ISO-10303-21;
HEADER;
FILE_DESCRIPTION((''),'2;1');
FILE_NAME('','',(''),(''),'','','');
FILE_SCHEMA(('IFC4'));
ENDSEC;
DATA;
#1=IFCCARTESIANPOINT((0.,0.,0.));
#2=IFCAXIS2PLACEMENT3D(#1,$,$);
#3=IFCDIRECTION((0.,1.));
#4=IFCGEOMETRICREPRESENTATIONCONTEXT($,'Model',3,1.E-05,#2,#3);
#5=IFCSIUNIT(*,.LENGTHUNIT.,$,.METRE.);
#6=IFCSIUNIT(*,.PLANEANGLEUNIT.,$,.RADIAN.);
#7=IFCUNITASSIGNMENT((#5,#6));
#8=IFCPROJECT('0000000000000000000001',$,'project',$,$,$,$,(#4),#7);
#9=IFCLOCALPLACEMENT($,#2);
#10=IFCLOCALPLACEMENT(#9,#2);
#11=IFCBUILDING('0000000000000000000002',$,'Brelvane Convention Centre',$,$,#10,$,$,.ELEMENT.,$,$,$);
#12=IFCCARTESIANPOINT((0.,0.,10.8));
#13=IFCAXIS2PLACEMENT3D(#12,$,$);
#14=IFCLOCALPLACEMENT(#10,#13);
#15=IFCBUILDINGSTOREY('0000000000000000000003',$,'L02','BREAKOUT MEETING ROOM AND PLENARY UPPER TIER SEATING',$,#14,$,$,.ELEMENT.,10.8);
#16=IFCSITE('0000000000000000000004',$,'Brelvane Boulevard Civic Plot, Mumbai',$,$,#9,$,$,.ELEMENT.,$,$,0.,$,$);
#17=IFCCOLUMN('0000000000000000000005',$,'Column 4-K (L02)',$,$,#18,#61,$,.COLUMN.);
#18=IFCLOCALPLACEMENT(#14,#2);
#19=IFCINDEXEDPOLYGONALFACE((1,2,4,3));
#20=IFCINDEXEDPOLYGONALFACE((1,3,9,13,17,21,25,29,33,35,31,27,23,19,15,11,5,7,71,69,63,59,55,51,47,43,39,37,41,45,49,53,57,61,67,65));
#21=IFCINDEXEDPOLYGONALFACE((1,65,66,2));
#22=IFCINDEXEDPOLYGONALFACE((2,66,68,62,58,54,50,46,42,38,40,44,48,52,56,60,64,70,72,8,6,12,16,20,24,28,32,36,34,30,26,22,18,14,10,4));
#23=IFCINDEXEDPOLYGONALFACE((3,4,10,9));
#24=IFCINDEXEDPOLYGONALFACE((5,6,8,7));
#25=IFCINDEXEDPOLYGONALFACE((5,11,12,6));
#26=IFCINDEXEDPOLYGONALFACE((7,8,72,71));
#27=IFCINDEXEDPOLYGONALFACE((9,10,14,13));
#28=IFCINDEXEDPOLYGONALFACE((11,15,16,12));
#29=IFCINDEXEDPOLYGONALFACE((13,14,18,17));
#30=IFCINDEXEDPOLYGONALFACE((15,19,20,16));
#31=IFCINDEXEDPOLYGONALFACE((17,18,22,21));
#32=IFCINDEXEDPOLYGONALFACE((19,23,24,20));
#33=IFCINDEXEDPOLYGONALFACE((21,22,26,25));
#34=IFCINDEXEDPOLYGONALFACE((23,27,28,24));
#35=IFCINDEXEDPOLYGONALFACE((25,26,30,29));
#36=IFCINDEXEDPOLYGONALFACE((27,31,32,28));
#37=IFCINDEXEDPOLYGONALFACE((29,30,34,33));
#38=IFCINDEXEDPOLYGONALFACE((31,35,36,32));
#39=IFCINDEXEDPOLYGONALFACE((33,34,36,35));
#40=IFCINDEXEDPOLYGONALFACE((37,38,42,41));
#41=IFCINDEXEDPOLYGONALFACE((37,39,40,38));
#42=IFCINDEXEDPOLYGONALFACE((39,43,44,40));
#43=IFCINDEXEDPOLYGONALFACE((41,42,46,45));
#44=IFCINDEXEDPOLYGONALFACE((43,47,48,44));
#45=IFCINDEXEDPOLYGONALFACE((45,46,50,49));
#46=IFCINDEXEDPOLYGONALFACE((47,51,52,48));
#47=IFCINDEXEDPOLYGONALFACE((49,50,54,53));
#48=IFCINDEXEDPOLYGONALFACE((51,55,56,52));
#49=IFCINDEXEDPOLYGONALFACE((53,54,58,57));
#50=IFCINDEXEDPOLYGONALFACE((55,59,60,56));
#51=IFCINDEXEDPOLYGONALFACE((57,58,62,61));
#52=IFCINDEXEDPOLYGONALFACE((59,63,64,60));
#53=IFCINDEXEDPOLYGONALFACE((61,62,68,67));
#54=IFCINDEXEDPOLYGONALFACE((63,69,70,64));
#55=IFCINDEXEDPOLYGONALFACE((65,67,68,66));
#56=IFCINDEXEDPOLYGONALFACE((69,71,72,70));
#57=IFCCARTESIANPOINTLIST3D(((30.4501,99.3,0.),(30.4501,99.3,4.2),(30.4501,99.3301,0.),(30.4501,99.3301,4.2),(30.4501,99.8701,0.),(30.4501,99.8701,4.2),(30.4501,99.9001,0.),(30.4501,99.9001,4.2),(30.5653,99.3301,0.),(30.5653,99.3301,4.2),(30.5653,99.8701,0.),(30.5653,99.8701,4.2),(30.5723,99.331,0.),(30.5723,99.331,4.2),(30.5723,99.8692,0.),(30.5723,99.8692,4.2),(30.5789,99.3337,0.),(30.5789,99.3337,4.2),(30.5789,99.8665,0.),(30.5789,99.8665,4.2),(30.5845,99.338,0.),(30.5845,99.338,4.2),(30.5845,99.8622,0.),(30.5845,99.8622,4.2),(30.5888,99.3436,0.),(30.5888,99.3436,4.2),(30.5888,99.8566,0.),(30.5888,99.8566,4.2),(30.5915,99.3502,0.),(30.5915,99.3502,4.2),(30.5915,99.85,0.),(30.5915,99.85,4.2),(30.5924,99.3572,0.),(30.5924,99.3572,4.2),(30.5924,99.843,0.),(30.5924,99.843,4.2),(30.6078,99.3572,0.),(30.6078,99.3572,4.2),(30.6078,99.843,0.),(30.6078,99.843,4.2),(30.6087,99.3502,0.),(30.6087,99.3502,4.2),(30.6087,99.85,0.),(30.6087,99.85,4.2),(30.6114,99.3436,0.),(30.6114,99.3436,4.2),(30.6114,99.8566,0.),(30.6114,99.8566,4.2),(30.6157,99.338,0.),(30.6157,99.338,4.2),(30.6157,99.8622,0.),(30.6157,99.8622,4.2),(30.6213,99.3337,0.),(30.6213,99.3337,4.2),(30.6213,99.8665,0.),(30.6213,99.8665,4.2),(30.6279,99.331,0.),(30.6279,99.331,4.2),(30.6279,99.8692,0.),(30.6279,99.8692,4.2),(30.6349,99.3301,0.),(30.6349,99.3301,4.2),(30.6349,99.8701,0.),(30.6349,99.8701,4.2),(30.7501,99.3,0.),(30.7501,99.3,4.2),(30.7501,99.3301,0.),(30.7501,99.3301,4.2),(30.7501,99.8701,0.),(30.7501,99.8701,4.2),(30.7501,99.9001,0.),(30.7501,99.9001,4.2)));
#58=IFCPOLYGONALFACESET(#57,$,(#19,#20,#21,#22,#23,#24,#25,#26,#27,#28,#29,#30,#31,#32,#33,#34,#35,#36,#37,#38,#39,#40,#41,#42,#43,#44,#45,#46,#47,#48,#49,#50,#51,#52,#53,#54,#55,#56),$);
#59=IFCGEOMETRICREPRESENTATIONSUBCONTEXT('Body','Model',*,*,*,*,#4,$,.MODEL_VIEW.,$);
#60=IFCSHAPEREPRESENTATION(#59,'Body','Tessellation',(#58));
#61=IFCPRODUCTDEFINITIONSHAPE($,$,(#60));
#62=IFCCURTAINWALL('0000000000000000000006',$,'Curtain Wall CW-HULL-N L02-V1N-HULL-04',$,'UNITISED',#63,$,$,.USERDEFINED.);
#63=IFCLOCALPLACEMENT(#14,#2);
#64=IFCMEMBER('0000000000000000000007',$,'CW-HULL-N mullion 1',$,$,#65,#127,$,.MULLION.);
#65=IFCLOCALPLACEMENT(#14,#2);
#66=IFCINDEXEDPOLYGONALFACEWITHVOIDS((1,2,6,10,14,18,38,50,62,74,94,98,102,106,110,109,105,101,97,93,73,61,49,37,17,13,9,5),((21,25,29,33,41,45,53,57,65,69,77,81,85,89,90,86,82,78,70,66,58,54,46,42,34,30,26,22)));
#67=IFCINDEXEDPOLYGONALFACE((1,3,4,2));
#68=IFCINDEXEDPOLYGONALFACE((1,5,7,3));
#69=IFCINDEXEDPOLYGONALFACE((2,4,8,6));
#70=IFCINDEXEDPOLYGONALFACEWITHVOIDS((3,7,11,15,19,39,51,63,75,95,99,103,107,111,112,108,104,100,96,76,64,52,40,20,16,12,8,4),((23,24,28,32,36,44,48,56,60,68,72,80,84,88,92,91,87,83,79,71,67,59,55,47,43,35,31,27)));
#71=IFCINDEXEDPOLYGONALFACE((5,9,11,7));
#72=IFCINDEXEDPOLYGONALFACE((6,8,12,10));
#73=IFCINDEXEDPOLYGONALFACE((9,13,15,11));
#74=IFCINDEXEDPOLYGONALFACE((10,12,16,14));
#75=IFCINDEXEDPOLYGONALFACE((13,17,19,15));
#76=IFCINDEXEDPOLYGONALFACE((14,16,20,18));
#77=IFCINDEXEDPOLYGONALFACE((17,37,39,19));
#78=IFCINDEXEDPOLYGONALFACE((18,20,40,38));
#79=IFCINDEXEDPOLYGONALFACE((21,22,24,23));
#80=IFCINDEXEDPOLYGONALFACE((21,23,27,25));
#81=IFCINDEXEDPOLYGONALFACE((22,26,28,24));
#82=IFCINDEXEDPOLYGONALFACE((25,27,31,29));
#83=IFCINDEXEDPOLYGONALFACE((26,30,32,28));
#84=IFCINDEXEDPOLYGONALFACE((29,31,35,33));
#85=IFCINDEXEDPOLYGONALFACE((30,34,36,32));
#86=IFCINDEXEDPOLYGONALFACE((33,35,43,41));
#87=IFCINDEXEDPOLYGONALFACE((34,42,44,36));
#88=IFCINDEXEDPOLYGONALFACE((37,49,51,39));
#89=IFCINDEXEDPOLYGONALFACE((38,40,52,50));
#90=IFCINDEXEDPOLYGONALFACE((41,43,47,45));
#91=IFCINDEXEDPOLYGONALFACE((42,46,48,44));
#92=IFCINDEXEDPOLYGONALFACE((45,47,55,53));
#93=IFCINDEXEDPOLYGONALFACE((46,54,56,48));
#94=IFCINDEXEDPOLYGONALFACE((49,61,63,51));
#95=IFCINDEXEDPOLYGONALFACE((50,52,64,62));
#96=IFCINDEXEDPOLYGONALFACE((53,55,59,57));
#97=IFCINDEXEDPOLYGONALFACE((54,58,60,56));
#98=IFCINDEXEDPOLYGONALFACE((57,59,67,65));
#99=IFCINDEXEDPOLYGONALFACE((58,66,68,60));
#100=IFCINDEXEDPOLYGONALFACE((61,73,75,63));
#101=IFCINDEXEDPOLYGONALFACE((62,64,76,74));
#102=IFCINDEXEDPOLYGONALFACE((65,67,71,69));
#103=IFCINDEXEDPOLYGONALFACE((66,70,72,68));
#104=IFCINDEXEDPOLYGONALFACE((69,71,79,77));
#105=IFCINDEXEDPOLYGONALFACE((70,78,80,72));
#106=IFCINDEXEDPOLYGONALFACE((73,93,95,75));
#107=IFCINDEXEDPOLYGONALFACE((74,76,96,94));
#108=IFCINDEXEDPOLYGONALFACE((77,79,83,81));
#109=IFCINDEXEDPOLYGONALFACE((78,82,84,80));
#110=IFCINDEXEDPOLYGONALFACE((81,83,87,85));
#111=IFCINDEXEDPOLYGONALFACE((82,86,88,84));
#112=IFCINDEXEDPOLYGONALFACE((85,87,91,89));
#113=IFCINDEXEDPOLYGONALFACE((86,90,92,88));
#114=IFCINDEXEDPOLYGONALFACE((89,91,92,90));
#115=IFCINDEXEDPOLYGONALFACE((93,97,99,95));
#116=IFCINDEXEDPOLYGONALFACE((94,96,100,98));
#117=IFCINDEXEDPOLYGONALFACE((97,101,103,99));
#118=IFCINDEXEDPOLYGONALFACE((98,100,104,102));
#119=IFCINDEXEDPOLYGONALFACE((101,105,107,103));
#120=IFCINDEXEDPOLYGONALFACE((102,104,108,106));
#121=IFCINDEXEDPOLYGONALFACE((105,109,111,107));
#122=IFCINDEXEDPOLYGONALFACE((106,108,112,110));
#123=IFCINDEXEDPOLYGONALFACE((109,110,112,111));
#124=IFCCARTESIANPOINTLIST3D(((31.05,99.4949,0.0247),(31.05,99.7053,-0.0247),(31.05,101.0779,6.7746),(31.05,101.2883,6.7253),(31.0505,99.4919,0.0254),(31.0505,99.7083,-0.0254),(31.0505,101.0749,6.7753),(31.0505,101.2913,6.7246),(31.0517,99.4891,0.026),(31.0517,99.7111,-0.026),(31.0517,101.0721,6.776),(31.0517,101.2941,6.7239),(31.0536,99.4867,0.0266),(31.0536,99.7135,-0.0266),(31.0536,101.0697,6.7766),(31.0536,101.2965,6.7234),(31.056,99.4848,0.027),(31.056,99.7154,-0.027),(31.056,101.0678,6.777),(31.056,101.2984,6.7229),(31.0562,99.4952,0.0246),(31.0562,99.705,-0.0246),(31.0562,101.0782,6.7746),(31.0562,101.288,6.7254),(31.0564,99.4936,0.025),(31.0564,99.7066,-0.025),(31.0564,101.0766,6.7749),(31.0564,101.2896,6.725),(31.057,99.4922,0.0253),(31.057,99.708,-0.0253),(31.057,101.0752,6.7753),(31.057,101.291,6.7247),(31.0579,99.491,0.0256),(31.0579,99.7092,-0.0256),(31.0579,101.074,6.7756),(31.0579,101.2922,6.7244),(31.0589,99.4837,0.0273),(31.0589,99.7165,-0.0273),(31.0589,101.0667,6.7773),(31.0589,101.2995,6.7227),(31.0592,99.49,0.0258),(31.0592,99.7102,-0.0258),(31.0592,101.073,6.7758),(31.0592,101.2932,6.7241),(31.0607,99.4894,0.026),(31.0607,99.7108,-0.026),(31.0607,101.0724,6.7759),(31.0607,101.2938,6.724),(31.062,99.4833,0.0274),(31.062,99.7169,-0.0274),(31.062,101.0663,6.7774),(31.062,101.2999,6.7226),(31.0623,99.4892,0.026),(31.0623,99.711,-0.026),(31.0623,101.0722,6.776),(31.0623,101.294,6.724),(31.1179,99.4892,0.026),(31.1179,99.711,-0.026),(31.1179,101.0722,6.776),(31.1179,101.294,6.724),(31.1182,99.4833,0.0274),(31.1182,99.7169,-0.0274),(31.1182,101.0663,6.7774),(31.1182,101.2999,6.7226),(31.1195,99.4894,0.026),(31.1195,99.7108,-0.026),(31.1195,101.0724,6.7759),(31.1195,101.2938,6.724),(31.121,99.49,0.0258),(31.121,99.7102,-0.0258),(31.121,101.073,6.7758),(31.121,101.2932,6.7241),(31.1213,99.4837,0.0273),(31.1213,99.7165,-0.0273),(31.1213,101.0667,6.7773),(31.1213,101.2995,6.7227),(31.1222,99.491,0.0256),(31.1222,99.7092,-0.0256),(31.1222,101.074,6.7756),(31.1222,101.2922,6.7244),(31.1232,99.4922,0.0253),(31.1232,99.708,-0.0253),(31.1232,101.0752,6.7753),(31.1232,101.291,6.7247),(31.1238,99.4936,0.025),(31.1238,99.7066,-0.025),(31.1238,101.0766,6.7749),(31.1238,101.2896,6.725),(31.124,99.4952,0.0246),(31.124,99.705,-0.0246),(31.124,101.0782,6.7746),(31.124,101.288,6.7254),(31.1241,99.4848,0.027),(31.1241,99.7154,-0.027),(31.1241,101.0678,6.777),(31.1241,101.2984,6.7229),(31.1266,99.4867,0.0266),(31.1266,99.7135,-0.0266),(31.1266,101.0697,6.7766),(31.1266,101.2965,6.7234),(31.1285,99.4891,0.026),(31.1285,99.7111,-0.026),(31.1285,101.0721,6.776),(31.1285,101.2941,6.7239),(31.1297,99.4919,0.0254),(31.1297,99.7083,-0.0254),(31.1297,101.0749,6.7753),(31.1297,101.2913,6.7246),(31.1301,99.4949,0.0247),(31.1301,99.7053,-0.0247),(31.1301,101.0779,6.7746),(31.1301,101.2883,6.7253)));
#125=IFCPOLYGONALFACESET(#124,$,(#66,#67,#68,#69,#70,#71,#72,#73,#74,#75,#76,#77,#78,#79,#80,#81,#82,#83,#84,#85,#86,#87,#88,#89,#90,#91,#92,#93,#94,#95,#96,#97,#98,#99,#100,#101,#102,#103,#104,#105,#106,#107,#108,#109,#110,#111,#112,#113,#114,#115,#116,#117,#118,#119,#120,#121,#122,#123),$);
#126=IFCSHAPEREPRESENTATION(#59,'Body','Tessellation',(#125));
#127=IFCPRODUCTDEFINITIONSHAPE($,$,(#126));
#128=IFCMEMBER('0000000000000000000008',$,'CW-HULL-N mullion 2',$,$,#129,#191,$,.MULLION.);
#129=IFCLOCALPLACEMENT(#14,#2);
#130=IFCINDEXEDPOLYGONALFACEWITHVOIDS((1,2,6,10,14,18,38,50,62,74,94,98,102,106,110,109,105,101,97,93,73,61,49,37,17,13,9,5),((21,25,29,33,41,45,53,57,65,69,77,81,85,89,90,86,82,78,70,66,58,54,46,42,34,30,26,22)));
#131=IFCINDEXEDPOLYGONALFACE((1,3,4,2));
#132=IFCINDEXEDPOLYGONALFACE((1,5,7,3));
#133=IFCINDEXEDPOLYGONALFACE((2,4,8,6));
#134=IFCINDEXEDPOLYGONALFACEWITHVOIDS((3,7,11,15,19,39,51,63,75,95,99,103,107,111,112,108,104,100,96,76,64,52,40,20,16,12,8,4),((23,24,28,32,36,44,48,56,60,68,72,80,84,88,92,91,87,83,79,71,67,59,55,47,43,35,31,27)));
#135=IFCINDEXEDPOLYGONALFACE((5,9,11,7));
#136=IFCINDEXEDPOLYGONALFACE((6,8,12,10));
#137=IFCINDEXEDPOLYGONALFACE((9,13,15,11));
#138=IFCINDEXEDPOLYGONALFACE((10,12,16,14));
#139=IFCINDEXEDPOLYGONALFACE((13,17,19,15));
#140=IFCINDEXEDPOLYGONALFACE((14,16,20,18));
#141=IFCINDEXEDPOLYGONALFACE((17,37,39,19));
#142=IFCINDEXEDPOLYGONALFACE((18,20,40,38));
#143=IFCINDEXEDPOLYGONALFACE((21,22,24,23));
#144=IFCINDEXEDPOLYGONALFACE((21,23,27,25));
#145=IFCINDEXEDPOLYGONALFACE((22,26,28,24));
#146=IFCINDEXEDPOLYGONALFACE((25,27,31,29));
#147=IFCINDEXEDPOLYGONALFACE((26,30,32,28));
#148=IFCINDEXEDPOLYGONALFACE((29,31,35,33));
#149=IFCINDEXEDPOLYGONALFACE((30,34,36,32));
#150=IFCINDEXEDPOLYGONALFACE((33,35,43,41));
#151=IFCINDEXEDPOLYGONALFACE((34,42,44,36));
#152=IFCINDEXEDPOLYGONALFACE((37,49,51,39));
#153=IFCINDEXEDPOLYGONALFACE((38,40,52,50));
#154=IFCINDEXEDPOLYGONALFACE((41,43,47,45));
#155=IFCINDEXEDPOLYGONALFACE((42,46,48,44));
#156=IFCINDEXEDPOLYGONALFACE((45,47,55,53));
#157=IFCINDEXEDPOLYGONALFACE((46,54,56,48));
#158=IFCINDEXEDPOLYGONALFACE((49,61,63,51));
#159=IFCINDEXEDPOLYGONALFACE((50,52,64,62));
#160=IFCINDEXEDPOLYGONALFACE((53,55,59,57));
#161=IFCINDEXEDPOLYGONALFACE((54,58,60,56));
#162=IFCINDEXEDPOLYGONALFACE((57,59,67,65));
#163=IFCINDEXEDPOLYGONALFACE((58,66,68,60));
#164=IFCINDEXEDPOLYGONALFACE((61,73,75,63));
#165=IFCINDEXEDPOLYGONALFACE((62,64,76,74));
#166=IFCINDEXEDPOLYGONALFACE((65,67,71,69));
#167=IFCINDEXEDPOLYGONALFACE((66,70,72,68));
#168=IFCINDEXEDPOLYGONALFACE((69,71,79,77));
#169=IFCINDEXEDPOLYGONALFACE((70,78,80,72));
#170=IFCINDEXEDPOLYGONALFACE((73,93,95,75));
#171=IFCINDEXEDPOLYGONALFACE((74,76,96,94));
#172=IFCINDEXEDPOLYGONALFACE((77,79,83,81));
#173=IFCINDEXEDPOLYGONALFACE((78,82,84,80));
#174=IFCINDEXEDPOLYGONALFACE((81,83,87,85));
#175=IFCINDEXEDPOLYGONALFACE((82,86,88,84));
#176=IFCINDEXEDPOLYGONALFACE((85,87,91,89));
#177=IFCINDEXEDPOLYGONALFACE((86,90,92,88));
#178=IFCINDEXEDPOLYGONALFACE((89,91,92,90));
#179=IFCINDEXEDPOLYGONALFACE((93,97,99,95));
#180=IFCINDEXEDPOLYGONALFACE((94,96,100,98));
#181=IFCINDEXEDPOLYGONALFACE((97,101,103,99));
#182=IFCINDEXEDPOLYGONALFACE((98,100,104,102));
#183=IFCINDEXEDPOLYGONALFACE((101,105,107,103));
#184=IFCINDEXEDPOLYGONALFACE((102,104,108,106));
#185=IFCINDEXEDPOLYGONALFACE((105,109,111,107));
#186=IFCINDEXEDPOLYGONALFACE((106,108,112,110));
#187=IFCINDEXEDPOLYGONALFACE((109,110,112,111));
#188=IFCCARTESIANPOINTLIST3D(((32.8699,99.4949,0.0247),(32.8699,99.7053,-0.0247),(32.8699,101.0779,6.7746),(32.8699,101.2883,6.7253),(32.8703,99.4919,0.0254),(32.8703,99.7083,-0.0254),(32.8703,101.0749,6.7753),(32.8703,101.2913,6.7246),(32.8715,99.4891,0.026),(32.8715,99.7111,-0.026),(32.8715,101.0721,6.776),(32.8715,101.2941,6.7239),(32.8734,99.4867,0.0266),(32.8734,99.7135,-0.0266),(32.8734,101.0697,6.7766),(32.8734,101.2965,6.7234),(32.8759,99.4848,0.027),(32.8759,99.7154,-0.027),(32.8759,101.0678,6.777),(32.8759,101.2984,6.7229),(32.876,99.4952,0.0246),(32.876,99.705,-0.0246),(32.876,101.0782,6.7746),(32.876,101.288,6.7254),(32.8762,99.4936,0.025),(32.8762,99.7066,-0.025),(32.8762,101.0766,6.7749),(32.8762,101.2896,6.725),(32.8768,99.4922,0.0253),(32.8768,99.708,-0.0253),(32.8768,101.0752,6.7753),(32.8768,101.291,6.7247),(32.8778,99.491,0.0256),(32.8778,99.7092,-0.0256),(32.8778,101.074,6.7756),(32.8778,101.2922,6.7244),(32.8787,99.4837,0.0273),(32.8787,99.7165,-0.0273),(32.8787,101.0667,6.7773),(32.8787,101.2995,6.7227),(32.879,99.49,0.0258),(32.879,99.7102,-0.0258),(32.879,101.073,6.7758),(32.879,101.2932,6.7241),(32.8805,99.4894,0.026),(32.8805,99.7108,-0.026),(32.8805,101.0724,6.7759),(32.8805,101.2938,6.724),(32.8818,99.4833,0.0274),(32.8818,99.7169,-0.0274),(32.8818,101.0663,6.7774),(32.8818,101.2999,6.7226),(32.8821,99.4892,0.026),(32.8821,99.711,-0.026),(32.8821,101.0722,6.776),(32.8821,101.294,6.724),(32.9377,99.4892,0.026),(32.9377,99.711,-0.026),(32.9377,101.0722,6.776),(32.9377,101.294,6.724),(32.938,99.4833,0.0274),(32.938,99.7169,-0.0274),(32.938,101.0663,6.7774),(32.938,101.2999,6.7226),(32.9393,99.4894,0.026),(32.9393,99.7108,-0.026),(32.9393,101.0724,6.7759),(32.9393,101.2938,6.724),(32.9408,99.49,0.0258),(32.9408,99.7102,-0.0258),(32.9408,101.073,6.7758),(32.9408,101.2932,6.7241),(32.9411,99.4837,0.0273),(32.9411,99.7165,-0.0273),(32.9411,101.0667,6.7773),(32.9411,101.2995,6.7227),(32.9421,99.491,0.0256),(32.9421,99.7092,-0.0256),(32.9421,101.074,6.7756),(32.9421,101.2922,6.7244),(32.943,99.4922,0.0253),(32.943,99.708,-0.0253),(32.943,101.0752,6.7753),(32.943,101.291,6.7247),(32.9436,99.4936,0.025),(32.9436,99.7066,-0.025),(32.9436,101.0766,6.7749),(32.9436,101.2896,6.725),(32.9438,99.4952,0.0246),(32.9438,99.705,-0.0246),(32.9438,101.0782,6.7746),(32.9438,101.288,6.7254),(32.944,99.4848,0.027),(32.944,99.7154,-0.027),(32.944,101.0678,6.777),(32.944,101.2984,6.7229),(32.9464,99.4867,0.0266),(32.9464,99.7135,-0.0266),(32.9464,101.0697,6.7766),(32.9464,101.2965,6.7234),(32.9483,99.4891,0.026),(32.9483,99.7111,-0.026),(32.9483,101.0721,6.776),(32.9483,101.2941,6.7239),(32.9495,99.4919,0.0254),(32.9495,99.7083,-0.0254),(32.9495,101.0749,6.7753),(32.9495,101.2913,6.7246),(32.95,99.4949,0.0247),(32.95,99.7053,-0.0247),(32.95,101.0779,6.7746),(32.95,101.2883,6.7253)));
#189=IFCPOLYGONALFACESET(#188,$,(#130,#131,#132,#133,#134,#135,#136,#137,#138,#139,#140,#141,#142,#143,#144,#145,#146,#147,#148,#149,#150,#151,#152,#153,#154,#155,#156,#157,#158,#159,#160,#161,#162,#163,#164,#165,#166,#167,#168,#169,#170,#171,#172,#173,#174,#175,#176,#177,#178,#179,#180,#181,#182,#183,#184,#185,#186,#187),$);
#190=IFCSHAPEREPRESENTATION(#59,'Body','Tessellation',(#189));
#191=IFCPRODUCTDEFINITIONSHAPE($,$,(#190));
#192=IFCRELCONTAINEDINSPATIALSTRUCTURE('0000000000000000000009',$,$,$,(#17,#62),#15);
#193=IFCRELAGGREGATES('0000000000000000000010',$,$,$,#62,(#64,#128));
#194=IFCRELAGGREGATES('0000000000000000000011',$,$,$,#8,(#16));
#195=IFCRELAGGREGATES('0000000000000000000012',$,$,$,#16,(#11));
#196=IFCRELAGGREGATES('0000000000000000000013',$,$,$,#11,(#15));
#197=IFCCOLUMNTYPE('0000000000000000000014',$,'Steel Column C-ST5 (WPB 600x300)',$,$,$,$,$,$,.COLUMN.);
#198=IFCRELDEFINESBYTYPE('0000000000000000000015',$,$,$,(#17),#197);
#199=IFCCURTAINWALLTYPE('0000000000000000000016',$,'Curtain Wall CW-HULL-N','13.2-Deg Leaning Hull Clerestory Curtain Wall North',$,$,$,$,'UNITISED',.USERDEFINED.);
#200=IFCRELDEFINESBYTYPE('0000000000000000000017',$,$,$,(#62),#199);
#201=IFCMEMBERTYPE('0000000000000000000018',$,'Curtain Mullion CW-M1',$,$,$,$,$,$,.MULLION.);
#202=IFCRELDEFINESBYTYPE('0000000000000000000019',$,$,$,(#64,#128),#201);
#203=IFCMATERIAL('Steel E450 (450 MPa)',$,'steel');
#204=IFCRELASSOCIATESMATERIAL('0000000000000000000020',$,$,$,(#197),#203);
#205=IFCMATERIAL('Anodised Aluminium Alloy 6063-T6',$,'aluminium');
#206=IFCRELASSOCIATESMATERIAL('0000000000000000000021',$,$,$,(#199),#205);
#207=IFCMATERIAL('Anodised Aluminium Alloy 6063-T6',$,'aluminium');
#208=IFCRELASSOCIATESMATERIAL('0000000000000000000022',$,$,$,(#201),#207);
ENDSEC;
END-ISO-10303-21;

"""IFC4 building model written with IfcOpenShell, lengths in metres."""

from ifc_helpers import new_model, si_unit, direction, frame, origin, origin_2d, place, context, subcontext, project, spatial, hollow_rectangle, i_section, extrude, material, material_profile, profile_set, type_object, element, aggregate, save


model = new_model("IFC4")

# Units and contexts
model_context = context("Model", 3, precision=1e-05, world=origin(), true_north=direction((0.0, 1.0)))
body_context = subcontext(model_context, "Body", "Model", "MODEL_VIEW")
ifc_project = project(units=[si_unit("LENGTHUNIT", "METRE"), si_unit("PLANEANGLEUNIT", "RADIAN")], contexts=[model_context])

# Site, building, storey
site_placement = place(None, origin())
site = spatial("IfcSite", under=ifc_project, at=site_placement, Name="Brelvane Boulevard Civic Plot, Mumbai", CompositionType="ELEMENT", RefElevation=0.0)
building_placement = place(site_placement, origin())
building = spatial("IfcBuilding", under=site, at=building_placement, Name="Brelvane Convention Centre", CompositionType="ELEMENT")
storey_placement = place(building_placement, frame((0.0, 0.0, 10.8)))
storey = spatial("IfcBuildingStorey", under=building, at=storey_placement, Name="L02", Description="BREAKOUT MEETING ROOM AND PLENARY UPPER TIER SEATING", CompositionType="ELEMENT", Elevation=10.8)

# Column
ifc_material_1 = material(Name="Steel E450 (450 MPa)", Category="steel")
ifc_material_profile_1 = material_profile(ifc_material_1, i_section(OverallWidth=0.3, OverallDepth=0.6001, WebThickness=0.0154, FlangeThickness=0.03, FilletRadius=0.0271, at=origin_2d()), Name="WPB 600x300")
ifc_profile_set_1 = profile_set([ifc_material_profile_1], Name="Steel E450 (450 MPa)")
column_type = type_object("IfcColumnType", Name="Steel Column C-ST5 (WPB 600x300)", PredefinedType="COLUMN", material=ifc_profile_set_1)
column_placement = place(storey_placement, frame((30.6001, 99.6001, 0.0), z_axis=(0.0, 0.0, 1.0), x_axis=(1.0, 0.0, 0.0)))
element("IfcColumn", 1, at=column_placement, inside=storey, type_object=column_type, Name="Column 4-K (L02)", PredefinedType="COLUMN", context=body_context, shape_type="SweptSolid", body=[
    extrude(i_section(OverallWidth=0.3, OverallDepth=0.6001, WebThickness=0.0154, FlangeThickness=0.03, FilletRadius=0.0271, at=origin_2d()), origin(), (0.0, 0.0, 1.0), 4.2),
])

# Curtain wall, members
ifc_material_2 = material(Name="Anodised Aluminium Alloy 6063-T6", Category="aluminium")
curtain_wall_type = type_object("IfcCurtainWallType", Name="Curtain Wall CW-HULL-N", Description="13.2-Deg Leaning Hull Clerestory Curtain Wall North", ElementType="UNITISED", PredefinedType="USERDEFINED", material=ifc_material_2)
curtain_wall_placement = place(storey_placement, origin())
curtain_wall = element("IfcCurtainWall", 2, at=curtain_wall_placement, inside=storey, type_object=curtain_wall_type, Name="Curtain Wall CW-HULL-N L02-V1N-HULL-04", ObjectType="UNITISED", PredefinedType="USERDEFINED")
ifc_material_3 = material(Name="Anodised Aluminium Alloy 6063-T6", Category="aluminium")
ifc_material_profile_2 = material_profile(ifc_material_3, hollow_rectangle(XDim=0.0801, YDim=0.24, WallThickness=0.0061, InnerFilletRadius=0.0061, OuterFilletRadius=0.012, at=origin_2d()), Name="ALU-M 240x80x6.0")
ifc_profile_set_2 = profile_set([ifc_material_profile_2], Name="Anodised Aluminium Alloy 6063-T6")
member_type_1 = type_object("IfcMemberType", Name="Curtain Mullion CW-M1", PredefinedType="MULLION", material=ifc_profile_set_2)
member_1_placement = place(storey_placement, frame((31.0901, 99.6001, 0.0), z_axis=(0.0, 0.228325, 0.973585), x_axis=(-1.0, 0.0, 0.0)))
member_1 = element("IfcMember", 3, at=member_1_placement, type_object=member_type_1, Name="CW-HULL-N mullion 1", PredefinedType="MULLION", context=body_context, shape_type="SweptSolid", body=[
    extrude(hollow_rectangle(XDim=0.0801, YDim=0.24, WallThickness=0.0061, InnerFilletRadius=0.0061, OuterFilletRadius=0.012, at=origin_2d()), origin(), (0.0, 0.0, 1.0), 6.9331),
])
member_2_placement = place(storey_placement, frame((32.9099, 99.6001, 0.0), z_axis=(0.0, 0.228325, 0.973585), x_axis=(-1.0, 0.0, 0.0)))
member_2 = element("IfcMember", 4, at=member_2_placement, type_object=member_type_1, Name="CW-HULL-N mullion 2", PredefinedType="MULLION", context=body_context, shape_type="SweptSolid", body=[
    extrude(hollow_rectangle(XDim=0.0801, YDim=0.24, WallThickness=0.0061, InnerFilletRadius=0.0061, OuterFilletRadius=0.012, at=origin_2d()), origin(), (0.0, 0.0, 1.0), 6.9331),
])

aggregate(curtain_wall, [member_1, member_2])

save(model, "model.ifc")
